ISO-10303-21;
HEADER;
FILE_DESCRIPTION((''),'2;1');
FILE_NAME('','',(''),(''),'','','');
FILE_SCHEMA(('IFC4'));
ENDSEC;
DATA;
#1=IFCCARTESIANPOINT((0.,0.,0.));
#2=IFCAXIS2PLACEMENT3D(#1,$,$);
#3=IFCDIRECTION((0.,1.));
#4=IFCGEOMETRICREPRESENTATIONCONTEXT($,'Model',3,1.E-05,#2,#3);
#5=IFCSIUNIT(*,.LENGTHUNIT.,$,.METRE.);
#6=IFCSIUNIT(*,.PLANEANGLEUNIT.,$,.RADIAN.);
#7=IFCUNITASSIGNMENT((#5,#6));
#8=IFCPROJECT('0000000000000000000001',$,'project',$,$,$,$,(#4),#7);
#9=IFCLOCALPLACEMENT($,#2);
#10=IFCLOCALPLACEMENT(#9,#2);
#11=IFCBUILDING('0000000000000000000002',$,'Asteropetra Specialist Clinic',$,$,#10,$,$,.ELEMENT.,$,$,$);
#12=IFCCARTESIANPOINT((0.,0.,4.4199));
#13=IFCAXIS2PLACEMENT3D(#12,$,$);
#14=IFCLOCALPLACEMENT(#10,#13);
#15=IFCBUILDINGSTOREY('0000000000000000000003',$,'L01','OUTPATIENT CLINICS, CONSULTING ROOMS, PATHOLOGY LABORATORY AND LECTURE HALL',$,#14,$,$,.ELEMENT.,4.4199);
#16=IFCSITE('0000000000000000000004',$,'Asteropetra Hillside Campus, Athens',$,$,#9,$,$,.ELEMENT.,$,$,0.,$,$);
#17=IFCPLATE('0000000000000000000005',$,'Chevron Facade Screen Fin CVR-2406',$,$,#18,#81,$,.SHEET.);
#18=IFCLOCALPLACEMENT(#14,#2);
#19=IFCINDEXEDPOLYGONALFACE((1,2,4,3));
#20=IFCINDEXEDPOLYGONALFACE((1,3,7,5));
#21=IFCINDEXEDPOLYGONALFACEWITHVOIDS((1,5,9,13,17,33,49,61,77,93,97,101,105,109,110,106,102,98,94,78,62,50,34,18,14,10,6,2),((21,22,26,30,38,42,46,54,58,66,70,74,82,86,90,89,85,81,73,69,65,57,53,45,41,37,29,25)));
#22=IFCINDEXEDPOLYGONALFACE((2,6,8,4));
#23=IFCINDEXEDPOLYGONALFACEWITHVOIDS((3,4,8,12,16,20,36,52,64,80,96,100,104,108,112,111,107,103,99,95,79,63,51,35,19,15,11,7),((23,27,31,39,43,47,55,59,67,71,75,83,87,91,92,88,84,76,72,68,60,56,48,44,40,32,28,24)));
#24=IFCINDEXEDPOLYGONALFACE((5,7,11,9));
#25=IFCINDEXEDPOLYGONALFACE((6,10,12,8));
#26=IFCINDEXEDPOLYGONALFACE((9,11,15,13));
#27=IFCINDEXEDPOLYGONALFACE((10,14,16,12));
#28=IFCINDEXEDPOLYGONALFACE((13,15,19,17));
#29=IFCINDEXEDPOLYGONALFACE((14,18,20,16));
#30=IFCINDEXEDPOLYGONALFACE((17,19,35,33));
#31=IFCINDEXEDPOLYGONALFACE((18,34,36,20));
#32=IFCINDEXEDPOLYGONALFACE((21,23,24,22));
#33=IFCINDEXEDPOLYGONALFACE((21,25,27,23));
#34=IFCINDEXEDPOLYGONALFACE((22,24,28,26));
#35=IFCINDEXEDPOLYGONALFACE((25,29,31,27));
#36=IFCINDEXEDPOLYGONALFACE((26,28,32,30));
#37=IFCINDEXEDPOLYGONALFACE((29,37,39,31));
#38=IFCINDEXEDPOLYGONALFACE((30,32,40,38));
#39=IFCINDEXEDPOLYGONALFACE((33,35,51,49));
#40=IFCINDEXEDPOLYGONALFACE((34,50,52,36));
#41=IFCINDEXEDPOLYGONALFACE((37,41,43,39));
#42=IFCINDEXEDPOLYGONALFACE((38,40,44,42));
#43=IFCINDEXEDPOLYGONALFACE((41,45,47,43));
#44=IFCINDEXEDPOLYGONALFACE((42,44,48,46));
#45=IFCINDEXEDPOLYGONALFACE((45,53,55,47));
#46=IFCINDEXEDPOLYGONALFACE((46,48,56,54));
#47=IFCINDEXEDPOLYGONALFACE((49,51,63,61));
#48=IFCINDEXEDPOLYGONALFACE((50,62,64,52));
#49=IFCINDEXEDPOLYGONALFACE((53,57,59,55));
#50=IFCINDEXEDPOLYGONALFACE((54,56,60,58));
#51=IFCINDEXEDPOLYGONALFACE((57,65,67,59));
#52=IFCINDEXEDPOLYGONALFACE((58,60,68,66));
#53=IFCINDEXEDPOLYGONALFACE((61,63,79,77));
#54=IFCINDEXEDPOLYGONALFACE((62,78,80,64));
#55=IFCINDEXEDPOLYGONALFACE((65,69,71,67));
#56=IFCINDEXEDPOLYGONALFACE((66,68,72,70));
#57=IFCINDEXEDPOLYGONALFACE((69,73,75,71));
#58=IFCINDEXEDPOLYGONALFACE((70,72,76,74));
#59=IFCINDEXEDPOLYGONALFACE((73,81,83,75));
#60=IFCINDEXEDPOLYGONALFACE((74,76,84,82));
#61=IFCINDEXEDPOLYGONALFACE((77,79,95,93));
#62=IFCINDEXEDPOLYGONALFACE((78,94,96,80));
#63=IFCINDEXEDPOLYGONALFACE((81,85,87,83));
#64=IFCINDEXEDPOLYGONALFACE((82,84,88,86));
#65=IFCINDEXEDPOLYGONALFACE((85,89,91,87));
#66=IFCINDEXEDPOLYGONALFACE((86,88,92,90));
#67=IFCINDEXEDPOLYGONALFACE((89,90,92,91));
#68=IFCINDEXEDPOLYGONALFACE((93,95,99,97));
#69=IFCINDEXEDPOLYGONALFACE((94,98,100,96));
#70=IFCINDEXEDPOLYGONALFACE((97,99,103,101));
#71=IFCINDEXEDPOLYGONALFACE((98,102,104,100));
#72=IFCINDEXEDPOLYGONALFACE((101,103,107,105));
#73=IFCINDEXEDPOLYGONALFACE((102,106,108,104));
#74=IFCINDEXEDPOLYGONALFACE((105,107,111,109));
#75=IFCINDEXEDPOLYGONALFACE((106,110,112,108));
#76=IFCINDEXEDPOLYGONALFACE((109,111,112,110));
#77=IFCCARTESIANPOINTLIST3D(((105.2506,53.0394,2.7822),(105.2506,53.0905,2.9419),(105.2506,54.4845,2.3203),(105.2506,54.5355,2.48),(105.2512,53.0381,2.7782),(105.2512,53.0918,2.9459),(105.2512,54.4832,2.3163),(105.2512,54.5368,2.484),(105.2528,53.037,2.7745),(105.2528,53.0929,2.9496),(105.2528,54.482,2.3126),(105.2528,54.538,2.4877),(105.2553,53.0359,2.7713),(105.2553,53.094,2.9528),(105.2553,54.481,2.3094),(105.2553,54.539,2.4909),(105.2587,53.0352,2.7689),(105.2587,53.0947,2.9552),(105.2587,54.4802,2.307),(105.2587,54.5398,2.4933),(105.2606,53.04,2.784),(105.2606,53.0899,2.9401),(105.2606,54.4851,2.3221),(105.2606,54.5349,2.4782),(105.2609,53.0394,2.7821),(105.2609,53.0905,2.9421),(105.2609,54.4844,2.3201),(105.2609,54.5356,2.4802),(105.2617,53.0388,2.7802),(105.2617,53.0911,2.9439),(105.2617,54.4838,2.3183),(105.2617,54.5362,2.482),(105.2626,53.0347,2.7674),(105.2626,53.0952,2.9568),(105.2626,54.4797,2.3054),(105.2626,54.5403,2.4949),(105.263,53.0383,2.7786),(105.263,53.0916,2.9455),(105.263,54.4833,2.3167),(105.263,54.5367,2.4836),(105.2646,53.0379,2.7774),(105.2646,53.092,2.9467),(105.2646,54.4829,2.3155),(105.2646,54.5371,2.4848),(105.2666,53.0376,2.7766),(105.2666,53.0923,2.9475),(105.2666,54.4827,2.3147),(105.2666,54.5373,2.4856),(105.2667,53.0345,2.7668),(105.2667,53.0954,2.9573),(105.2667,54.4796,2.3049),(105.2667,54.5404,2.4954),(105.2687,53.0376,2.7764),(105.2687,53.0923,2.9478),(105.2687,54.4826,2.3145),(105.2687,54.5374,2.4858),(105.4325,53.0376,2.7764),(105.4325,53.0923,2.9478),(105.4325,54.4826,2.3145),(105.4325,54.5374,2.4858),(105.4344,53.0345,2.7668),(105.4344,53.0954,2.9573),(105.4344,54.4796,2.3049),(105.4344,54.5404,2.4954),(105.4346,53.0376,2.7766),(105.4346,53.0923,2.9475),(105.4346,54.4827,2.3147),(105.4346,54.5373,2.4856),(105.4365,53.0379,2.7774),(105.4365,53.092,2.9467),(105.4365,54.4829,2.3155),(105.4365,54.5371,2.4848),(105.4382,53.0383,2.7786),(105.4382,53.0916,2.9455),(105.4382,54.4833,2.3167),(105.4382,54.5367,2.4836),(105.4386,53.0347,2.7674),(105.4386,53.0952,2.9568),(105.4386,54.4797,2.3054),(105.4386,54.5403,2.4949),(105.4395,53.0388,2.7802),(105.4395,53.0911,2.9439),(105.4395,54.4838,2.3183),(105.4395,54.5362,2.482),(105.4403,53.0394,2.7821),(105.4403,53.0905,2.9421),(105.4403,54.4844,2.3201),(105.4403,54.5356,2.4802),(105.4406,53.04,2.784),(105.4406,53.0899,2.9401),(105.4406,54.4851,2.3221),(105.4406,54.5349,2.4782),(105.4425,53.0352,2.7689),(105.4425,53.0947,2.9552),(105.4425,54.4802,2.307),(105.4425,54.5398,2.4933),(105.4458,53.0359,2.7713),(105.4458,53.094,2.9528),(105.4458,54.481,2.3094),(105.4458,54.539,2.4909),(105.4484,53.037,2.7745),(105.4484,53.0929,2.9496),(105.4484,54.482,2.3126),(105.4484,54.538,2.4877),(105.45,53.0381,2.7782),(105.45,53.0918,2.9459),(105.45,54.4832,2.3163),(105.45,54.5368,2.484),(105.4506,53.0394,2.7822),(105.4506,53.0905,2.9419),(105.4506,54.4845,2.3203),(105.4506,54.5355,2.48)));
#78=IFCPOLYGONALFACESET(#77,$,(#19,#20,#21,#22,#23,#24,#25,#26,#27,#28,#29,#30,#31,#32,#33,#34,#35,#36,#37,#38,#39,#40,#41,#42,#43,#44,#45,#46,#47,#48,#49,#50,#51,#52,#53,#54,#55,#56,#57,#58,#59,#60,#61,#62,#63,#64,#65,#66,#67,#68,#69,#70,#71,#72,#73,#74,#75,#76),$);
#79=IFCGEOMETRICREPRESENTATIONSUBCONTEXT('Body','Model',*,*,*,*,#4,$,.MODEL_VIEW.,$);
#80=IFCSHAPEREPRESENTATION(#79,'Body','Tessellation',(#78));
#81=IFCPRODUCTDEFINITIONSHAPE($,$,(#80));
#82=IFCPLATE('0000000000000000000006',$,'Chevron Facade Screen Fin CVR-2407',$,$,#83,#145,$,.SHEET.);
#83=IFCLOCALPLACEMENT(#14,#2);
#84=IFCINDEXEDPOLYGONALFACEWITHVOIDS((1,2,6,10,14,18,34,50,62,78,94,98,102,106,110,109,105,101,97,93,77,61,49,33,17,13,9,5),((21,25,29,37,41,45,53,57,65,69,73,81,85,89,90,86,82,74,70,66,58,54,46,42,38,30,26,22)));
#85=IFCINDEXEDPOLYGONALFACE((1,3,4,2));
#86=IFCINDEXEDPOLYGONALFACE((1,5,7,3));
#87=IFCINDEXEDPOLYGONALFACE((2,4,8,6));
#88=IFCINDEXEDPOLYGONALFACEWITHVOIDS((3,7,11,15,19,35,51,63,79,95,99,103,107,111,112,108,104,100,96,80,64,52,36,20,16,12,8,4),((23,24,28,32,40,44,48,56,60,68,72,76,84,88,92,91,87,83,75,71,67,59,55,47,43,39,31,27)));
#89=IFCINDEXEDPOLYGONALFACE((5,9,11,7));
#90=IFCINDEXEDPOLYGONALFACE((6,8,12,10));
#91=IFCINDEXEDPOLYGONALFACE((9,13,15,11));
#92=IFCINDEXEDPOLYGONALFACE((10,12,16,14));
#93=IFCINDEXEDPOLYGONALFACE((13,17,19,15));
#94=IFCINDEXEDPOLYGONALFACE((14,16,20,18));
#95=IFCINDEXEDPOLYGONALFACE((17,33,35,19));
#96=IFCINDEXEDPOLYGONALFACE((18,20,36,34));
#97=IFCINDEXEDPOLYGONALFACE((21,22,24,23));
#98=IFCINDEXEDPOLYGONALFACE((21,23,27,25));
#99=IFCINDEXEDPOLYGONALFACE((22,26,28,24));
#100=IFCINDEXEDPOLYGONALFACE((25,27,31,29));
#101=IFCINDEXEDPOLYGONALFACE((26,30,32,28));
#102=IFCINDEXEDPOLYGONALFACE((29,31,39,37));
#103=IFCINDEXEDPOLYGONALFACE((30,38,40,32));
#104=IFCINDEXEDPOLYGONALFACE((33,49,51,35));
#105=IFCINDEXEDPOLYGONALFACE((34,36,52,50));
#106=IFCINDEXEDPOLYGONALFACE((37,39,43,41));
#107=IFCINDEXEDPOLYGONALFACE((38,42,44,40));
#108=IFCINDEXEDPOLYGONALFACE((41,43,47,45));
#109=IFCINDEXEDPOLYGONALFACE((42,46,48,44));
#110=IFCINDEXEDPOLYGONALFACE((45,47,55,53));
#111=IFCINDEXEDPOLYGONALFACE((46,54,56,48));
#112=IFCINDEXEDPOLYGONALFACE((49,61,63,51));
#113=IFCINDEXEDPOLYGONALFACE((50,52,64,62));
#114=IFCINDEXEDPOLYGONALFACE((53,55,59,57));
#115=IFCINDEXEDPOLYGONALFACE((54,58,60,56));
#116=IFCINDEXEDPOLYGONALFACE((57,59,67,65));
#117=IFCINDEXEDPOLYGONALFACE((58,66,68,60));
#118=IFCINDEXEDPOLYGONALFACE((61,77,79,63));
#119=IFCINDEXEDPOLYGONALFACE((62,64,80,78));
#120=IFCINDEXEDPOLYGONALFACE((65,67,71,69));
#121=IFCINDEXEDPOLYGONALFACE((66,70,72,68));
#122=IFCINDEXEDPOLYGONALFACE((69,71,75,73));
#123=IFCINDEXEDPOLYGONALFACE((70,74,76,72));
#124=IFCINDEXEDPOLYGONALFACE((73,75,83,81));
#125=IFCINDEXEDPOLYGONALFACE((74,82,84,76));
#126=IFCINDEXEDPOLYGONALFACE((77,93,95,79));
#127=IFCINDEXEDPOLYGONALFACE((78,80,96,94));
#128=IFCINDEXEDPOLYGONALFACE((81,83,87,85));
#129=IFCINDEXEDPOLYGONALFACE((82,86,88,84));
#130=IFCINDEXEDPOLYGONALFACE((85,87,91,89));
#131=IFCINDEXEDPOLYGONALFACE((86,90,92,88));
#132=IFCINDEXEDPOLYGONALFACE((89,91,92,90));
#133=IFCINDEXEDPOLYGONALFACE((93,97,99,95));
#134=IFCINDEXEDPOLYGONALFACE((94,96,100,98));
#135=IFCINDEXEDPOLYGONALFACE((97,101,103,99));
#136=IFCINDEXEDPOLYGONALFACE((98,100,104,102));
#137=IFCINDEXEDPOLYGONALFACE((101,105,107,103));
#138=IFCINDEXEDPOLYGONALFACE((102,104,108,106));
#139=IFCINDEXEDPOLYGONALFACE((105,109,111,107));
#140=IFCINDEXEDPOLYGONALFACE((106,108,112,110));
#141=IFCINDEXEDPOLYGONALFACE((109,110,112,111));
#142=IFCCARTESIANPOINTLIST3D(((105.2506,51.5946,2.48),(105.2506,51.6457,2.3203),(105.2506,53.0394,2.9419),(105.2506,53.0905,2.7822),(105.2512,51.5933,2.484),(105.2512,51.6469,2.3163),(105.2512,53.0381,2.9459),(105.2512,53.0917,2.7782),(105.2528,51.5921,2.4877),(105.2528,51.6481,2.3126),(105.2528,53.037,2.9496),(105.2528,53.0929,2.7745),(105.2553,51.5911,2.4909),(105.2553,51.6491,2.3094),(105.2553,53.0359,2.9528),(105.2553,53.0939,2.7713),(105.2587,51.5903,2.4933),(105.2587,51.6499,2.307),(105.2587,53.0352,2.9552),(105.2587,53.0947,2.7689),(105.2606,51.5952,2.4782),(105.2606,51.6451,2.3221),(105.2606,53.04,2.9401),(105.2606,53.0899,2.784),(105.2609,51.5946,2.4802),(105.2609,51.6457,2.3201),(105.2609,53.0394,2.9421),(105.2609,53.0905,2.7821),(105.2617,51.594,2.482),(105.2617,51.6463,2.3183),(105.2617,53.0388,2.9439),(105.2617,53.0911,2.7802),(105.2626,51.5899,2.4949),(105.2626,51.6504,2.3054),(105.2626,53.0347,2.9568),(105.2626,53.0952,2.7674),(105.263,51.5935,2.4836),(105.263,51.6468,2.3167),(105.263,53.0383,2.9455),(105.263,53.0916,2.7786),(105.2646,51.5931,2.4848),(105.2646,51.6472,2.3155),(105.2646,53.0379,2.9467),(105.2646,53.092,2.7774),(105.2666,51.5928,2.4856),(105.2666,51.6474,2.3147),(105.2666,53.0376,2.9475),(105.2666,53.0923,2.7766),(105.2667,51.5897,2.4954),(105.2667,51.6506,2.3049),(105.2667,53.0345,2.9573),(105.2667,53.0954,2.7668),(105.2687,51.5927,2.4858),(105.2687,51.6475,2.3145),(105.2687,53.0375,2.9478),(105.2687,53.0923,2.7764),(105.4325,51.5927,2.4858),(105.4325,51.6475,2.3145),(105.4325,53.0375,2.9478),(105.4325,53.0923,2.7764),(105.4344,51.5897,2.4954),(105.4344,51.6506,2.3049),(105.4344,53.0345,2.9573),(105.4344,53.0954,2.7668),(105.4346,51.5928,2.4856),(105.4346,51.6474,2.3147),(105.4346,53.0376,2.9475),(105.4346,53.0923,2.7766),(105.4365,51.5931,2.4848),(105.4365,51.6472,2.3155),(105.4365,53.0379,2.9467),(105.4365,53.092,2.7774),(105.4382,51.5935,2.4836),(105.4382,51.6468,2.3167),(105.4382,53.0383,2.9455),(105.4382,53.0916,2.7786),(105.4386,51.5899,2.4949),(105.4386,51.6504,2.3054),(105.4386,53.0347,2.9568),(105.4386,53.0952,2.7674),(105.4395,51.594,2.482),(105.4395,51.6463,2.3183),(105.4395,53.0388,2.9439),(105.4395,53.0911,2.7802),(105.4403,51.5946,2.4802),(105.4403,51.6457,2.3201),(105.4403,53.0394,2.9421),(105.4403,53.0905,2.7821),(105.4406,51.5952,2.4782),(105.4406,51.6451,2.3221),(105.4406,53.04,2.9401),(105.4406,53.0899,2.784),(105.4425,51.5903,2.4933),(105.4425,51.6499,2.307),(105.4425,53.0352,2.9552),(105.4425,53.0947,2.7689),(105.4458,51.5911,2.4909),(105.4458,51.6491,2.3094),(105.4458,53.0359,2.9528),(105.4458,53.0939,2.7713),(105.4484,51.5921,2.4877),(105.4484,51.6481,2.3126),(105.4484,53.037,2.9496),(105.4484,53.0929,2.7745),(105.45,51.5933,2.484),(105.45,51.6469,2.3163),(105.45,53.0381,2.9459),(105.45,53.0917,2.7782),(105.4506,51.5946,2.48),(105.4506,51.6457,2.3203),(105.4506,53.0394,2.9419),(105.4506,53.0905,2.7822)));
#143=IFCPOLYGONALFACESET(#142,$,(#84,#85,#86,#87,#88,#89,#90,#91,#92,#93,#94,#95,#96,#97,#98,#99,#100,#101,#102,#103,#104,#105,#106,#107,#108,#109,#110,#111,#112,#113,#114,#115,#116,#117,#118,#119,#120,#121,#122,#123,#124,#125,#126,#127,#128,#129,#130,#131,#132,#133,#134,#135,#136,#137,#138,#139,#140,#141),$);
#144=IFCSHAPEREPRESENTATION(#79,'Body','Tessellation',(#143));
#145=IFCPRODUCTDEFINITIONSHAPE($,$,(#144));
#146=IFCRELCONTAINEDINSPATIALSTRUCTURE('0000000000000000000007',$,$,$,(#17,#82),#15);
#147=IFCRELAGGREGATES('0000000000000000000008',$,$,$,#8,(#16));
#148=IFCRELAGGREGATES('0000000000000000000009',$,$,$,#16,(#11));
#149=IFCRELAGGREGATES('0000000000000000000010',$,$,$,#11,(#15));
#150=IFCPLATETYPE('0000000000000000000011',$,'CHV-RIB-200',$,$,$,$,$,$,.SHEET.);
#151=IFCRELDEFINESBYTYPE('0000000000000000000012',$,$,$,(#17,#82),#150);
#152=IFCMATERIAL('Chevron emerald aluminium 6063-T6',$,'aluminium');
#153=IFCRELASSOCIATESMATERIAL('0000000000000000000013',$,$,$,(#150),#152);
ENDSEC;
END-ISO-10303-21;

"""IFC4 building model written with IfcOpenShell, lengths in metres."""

from ifc_helpers import new_model, si_unit, direction, frame, origin, origin_2d, place, context, subcontext, project, spatial, hollow_rectangle, extrude, material, material_profile, profile_set, type_object, element, save


model = new_model("IFC4")

# Units and contexts
model_context = context("Model", 3, precision=1e-05, world=origin(), true_north=direction((0.0, 1.0)))
body_context = subcontext(model_context, "Body", "Model", "MODEL_VIEW")
ifc_project = project(units=[si_unit("LENGTHUNIT", "METRE"), si_unit("PLANEANGLEUNIT", "RADIAN")], contexts=[model_context])

# Site, building, storey
site_placement = place(None, origin())
site = spatial("IfcSite", under=ifc_project, at=site_placement, Name="Asteropetra Hillside Campus, Athens", CompositionType="ELEMENT", RefElevation=0.0)
building_placement = place(site_placement, origin())
building = spatial("IfcBuilding", under=site, at=building_placement, Name="Asteropetra Specialist Clinic", CompositionType="ELEMENT")
storey_placement = place(building_placement, frame((0.0, 0.0, 4.4199)))
storey = spatial("IfcBuildingStorey", under=building, at=storey_placement, Name="L01", Description="OUTPATIENT CLINICS, CONSULTING ROOMS, PATHOLOGY LABORATORY AND LECTURE HALL", CompositionType="ELEMENT", Elevation=4.4199)

# Plates
ifc_material_1 = material(Name="Chevron emerald aluminium 6063-T6", Category="aluminium")
ifc_material_profile = material_profile(ifc_material_1, hollow_rectangle(XDim=0.2, YDim=0.2, WallThickness=0.01, InnerFilletRadius=0.0081, OuterFilletRadius=0.0161, at=origin_2d()), Name="SHS 200x200x10.0")
ifc_profile_set = profile_set([ifc_material_profile], Name="Chevron emerald aluminium 6063-T6")
plate_type = type_object("IfcPlateType", Name="CHV-RIB-200", PredefinedType="SHEET", material=ifc_profile_set)
plate_1_placement = place(storey_placement, frame((105.3506, 54.51, 2.4001), z_axis=(0.0, -0.952521, 0.304472), x_axis=(1.0, 0.0, 0.0)))
element("IfcPlate", 1, at=plate_1_placement, inside=storey, type_object=plate_type, Name="Chevron Facade Screen Fin CVR-2406", PredefinedType="SHEET", context=body_context, shape_type="SweptSolid", body=[
    extrude(hollow_rectangle(XDim=0.2, YDim=0.2, WallThickness=0.01, InnerFilletRadius=0.0081, OuterFilletRadius=0.0161, at=origin_2d()), origin(), (0.0, 0.0, 1.0), 1.5171),
])
plate_2_placement = place(storey_placement, frame((105.3506, 53.0649, 2.8621), z_axis=(0.0, -0.952506, -0.304519), x_axis=(1.0, 0.0, 0.0)))
element("IfcPlate", 2, at=plate_2_placement, inside=storey, type_object=plate_type, Name="Chevron Facade Screen Fin CVR-2407", PredefinedType="SHEET", context=body_context, shape_type="SweptSolid", body=[
    extrude(hollow_rectangle(XDim=0.2, YDim=0.2, WallThickness=0.01, InnerFilletRadius=0.0081, OuterFilletRadius=0.0161, at=origin_2d()), origin(), (0.0, 0.0, 1.0), 1.5168),
])

save(model, "model.ifc")
